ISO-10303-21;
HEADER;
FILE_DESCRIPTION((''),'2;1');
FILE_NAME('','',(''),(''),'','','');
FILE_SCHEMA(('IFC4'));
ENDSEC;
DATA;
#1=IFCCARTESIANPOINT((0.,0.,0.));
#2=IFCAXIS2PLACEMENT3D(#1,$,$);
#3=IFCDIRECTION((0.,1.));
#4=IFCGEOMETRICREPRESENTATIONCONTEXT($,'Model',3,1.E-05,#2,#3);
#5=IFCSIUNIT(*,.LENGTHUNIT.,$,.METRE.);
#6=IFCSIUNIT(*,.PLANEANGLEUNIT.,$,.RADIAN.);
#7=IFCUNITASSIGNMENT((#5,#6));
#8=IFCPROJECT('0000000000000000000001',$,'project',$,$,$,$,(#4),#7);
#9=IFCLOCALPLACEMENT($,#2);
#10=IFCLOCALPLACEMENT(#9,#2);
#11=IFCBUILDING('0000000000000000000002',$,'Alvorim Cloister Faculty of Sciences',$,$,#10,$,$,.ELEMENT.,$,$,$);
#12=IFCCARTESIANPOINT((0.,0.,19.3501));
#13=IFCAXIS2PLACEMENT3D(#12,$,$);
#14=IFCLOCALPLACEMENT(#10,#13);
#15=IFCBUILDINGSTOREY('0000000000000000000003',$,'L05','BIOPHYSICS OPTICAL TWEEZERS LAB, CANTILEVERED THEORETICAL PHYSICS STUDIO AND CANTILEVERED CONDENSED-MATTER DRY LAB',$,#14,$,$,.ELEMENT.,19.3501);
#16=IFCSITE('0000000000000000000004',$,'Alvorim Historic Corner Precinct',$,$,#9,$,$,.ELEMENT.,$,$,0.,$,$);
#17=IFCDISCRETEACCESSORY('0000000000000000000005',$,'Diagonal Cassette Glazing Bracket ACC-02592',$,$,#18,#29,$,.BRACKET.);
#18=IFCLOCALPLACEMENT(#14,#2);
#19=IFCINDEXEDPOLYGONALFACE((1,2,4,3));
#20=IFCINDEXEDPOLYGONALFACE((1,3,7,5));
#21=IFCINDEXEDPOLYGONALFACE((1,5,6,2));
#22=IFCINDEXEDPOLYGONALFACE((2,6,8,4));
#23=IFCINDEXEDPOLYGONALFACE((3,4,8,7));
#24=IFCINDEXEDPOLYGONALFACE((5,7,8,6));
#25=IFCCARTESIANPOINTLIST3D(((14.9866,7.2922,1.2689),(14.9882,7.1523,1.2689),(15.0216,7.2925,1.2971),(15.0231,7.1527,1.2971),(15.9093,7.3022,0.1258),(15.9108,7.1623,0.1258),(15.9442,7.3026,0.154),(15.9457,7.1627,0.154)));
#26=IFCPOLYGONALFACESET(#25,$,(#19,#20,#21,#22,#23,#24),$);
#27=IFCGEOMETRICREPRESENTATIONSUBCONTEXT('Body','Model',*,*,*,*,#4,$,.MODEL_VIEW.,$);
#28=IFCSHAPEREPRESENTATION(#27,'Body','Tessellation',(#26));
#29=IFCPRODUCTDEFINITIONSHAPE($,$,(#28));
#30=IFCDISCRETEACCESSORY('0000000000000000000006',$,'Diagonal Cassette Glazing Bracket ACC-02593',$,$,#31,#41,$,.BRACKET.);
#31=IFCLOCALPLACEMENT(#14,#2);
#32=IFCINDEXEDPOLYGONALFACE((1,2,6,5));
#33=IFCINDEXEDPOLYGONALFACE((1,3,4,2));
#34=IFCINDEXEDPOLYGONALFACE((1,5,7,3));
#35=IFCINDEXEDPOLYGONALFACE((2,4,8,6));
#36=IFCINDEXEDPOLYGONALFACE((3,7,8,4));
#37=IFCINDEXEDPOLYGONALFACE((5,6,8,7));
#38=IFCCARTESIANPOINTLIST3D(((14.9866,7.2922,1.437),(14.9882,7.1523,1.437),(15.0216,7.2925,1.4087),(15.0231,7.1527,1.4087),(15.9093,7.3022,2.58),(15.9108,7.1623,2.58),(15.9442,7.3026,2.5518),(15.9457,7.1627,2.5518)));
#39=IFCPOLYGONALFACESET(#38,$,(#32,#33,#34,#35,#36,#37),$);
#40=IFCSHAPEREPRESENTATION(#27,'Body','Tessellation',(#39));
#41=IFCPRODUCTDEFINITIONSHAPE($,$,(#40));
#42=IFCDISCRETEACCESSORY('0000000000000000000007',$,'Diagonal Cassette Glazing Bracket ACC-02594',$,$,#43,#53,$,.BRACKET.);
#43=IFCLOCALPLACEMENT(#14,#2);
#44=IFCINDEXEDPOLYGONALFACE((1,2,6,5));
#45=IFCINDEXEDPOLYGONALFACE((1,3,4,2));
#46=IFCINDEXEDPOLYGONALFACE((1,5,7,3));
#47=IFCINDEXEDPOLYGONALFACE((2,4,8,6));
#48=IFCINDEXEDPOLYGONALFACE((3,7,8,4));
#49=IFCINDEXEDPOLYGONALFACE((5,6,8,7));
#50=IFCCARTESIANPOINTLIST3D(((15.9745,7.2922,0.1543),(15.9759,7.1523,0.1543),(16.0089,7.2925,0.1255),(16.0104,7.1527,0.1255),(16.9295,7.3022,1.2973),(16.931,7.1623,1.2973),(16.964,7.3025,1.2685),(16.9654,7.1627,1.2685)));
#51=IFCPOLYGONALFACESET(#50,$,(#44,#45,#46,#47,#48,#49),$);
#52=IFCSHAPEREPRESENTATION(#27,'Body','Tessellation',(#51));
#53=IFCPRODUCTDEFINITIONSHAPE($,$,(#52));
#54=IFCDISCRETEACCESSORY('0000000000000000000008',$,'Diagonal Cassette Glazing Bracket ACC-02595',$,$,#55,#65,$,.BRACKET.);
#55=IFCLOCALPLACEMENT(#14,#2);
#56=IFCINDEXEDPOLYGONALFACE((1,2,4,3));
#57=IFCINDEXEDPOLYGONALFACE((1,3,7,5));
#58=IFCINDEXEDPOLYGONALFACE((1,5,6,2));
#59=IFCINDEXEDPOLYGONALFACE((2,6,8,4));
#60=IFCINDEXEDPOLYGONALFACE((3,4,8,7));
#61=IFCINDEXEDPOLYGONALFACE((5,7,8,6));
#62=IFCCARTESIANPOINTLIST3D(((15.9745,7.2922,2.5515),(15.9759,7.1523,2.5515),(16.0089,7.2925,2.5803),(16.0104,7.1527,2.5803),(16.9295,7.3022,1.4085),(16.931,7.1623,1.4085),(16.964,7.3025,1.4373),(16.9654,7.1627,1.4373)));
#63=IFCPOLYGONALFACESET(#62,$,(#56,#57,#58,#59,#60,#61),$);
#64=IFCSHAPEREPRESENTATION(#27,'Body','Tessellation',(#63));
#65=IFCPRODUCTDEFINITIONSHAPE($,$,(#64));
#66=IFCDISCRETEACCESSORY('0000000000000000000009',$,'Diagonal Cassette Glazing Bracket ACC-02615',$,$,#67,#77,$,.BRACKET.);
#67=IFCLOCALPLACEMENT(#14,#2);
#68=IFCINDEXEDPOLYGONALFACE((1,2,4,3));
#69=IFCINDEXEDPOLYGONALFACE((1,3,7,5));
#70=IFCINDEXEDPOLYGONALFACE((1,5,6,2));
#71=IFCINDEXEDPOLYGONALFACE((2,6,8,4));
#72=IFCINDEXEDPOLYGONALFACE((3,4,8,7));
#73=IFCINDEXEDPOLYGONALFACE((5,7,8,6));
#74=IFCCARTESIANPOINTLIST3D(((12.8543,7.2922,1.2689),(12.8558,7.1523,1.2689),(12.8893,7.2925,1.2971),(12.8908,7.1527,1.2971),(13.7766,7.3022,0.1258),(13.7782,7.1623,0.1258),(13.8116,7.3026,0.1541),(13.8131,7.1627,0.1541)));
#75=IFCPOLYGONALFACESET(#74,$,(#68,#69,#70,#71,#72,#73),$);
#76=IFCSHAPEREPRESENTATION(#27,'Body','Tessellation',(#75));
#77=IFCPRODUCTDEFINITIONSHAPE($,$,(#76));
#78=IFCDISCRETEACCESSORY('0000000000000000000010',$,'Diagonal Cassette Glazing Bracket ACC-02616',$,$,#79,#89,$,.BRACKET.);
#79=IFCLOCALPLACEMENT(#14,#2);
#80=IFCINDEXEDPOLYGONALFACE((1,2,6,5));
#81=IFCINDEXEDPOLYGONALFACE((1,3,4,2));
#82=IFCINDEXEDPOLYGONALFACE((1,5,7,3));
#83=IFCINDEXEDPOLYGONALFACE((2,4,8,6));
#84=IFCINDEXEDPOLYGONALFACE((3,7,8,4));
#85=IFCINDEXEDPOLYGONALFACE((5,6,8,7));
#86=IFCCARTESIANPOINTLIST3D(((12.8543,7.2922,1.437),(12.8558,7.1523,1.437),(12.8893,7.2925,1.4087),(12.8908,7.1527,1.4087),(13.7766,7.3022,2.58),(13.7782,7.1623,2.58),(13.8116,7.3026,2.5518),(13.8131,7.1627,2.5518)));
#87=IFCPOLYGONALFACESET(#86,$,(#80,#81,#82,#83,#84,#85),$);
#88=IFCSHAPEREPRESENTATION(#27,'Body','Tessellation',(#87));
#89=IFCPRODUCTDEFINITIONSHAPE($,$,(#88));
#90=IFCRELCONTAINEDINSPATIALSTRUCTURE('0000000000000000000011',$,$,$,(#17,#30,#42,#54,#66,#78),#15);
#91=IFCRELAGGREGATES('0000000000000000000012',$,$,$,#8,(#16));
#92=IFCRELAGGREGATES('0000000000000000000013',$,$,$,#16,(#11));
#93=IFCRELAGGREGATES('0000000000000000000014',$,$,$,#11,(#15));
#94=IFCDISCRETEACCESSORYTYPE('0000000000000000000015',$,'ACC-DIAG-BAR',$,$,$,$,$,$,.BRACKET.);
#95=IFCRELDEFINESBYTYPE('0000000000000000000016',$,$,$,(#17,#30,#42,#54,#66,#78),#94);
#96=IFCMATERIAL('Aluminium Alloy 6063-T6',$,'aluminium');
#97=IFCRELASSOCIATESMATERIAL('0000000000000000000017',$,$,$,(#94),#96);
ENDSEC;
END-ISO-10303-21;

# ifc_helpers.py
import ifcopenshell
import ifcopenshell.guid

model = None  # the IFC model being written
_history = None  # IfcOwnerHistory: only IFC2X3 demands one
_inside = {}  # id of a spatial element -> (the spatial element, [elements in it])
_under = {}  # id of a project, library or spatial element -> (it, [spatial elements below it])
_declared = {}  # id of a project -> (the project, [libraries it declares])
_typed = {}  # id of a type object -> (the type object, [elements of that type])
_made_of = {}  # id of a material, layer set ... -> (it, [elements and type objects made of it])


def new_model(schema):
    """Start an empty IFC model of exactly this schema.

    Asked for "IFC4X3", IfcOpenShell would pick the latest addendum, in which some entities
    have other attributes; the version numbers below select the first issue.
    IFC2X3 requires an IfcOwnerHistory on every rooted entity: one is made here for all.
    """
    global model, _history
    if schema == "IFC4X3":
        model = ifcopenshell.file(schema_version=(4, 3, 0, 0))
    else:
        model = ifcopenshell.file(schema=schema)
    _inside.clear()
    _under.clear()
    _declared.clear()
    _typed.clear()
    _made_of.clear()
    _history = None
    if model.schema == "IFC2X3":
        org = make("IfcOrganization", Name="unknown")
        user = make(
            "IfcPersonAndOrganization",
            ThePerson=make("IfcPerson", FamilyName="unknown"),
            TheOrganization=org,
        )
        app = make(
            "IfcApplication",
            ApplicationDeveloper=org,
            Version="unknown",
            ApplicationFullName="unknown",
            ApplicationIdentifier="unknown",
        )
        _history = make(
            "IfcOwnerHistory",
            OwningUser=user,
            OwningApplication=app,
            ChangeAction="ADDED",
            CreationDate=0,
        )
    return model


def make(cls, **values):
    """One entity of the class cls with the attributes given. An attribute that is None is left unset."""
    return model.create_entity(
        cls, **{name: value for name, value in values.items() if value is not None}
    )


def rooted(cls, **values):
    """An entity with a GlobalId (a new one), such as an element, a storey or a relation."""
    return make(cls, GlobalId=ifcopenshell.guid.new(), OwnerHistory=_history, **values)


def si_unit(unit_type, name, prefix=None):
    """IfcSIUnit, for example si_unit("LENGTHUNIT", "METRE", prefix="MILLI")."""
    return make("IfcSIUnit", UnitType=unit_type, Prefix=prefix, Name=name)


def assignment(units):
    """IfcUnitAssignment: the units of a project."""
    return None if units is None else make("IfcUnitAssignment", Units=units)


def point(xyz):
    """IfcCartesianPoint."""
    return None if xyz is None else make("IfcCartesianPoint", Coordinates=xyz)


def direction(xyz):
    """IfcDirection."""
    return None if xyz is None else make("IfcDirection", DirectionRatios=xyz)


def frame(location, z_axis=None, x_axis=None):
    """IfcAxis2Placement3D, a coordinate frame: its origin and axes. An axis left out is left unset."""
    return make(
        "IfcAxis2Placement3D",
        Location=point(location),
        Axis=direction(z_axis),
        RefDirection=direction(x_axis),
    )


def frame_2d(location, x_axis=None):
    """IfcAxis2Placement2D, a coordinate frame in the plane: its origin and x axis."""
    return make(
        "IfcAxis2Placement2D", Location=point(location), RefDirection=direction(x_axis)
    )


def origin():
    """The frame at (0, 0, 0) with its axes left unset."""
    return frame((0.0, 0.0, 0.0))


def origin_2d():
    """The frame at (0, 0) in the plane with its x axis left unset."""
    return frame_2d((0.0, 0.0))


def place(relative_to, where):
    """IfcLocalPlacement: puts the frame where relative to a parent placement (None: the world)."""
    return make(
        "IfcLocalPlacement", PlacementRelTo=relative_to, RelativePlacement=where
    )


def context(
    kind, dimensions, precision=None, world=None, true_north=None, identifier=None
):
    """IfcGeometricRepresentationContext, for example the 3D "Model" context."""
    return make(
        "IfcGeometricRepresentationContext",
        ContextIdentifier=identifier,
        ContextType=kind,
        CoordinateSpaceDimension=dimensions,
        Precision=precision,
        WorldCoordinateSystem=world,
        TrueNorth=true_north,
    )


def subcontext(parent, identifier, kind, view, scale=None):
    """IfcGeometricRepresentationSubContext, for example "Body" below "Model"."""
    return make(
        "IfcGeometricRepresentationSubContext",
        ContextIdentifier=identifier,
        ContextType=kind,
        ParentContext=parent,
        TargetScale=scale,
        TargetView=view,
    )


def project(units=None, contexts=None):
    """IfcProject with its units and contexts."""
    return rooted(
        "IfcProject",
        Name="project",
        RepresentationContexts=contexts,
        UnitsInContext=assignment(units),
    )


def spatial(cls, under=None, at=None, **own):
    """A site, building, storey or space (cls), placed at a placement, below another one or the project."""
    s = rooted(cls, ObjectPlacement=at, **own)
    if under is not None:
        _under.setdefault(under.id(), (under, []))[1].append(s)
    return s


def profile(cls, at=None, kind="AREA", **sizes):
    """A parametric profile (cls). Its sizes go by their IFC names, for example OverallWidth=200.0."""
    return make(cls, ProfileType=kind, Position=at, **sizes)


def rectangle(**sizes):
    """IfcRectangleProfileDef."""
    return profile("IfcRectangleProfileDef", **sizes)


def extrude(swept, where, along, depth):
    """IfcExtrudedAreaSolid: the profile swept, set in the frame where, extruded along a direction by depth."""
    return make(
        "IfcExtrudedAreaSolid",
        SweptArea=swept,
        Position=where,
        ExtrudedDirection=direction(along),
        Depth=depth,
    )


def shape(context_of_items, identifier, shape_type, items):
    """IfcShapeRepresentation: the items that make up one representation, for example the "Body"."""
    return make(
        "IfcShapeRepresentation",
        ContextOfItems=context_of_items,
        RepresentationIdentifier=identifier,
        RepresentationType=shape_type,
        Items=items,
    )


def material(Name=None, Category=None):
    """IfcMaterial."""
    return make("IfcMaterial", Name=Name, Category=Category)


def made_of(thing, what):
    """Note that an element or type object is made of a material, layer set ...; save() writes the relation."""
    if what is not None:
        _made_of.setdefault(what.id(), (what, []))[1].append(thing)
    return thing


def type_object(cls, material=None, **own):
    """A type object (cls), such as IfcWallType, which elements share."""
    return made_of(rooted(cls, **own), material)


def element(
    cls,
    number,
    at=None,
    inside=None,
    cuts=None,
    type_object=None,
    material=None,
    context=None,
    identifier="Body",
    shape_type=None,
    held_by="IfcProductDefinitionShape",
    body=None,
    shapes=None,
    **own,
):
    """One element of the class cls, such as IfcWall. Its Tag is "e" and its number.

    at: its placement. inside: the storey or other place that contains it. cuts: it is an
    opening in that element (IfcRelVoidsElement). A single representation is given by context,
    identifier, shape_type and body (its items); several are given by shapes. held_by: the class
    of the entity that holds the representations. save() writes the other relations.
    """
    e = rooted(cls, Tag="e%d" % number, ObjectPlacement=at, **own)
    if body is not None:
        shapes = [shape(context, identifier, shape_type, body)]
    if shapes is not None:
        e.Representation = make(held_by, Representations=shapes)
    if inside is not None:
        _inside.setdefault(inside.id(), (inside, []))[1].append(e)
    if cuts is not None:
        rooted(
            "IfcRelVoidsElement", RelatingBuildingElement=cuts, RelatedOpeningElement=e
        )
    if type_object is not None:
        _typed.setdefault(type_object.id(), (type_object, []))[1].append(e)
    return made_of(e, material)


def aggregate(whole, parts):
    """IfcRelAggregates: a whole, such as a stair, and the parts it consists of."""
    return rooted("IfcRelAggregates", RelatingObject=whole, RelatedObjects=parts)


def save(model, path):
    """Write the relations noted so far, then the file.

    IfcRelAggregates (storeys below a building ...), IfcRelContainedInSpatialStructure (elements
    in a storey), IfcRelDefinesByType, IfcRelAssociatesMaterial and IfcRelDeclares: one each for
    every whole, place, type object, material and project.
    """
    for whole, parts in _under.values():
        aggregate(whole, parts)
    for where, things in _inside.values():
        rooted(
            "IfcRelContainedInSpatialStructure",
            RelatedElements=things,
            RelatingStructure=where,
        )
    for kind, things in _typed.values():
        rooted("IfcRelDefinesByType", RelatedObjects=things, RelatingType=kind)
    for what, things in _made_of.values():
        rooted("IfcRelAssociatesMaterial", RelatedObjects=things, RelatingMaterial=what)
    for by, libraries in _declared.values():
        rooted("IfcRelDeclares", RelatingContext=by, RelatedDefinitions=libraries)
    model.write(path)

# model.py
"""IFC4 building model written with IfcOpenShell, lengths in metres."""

from ifc_helpers import new_model, si_unit, direction, frame, origin, origin_2d, place, context, subcontext, project, spatial, rectangle, extrude, material, type_object, element, save


model = new_model("IFC4")

# Units and contexts
model_context = context("Model", 3, precision=1e-05, world=origin(), true_north=direction((0.0, 1.0)))
body_context = subcontext(model_context, "Body", "Model", "MODEL_VIEW")
ifc_project = project(units=[si_unit("LENGTHUNIT", "METRE"), si_unit("PLANEANGLEUNIT", "RADIAN")], contexts=[model_context])

# Site, building, storey
site_placement = place(None, origin())
site = spatial("IfcSite", under=ifc_project, at=site_placement, Name="Alvorim Historic Corner Precinct", CompositionType="ELEMENT", RefElevation=0.0)
building_placement = place(site_placement, origin())
building = spatial("IfcBuilding", under=site, at=building_placement, Name="Alvorim Cloister Faculty of Sciences", CompositionType="ELEMENT")
storey_placement = place(building_placement, frame((0.0, 0.0, 19.3501)))
storey = spatial("IfcBuildingStorey", under=building, at=storey_placement, Name="L05", Description="BIOPHYSICS OPTICAL TWEEZERS LAB, CANTILEVERED THEORETICAL PHYSICS STUDIO AND CANTILEVERED CONDENSED-MATTER DRY LAB", CompositionType="ELEMENT", Elevation=19.3501)

# Shared definitions
ifc_material_1 = material(Name="Aluminium Alloy 6063-T6", Category="aluminium")

# Discrete accessories
discrete_accessory_type = type_object("IfcDiscreteAccessoryType", Name="ACC-DIAG-BAR", PredefinedType="BRACKET", material=ifc_material_1)
for number, where, z_axis, x_axis, name in (
    (1, (15.0049, 7.2224, 1.283), (0.628059, 0.006814, -0.778136), (-0.010849, 0.999941, 0.0), "Diagonal Cassette Glazing Bracket ACC-02592"),
    (2, (15.0049, 7.2224, 1.4229), (0.628059, 0.006814, 0.778136), (-0.010849, 0.999941, 0.0), "Diagonal Cassette Glazing Bracket ACC-02593"),
):
    element("IfcDiscreteAccessory", number, at=place(storey_placement, frame(where, z_axis=z_axis, x_axis=x_axis)), inside=storey, type_object=discrete_accessory_type, Name=name, PredefinedType="BRACKET", context=body_context, shape_type="SweptSolid", body=[
        extrude(rectangle(XDim=0.1399, YDim=0.0449, at=origin_2d()), origin(), (0.0, 0.0, 1.0), 1.469),
    ])
for number, where, z_axis, x_axis, name in (
    (3, (15.9924, 7.2224, 0.1399), (0.641169, 0.00672, 0.76737), (-0.01048, 0.999945, 0.0), "Diagonal Cassette Glazing Bracket ACC-02594"),
    (4, (15.9924, 7.2224, 2.5659), (0.641169, 0.00672, -0.76737), (-0.01048, 0.999945, 0.0), "Diagonal Cassette Glazing Bracket ACC-02595"),
):
    element("IfcDiscreteAccessory", number, at=place(storey_placement, frame(where, z_axis=z_axis, x_axis=x_axis)), inside=storey, type_object=discrete_accessory_type, Name=name, PredefinedType="BRACKET", context=body_context, shape_type="SweptSolid", body=[
        extrude(rectangle(XDim=0.1399, YDim=0.0449, at=origin_2d()), origin(), (0.0, 0.0, 1.0), 1.4895),
    ])
for number, where, z_axis, x_axis, name in (
    (5, (12.8726, 7.2224, 1.283), (0.627959, 0.006815, -0.778217), (-0.010852, 0.999941, 0.0), "Diagonal Cassette Glazing Bracket ACC-02615"),
    (6, (12.8726, 7.2224, 1.4229), (0.627959, 0.006815, 0.778217), (-0.010852, 0.999941, 0.0), "Diagonal Cassette Glazing Bracket ACC-02616"),
):
    element("IfcDiscreteAccessory", number, at=place(storey_placement, frame(where, z_axis=z_axis, x_axis=x_axis)), inside=storey, type_object=discrete_accessory_type, Name=name, PredefinedType="BRACKET", context=body_context, shape_type="SweptSolid", body=[
        extrude(rectangle(XDim=0.1399, YDim=0.0449, at=origin_2d()), origin(), (0.0, 0.0, 1.0), 1.4688),
    ])

save(model, "model.ifc")
